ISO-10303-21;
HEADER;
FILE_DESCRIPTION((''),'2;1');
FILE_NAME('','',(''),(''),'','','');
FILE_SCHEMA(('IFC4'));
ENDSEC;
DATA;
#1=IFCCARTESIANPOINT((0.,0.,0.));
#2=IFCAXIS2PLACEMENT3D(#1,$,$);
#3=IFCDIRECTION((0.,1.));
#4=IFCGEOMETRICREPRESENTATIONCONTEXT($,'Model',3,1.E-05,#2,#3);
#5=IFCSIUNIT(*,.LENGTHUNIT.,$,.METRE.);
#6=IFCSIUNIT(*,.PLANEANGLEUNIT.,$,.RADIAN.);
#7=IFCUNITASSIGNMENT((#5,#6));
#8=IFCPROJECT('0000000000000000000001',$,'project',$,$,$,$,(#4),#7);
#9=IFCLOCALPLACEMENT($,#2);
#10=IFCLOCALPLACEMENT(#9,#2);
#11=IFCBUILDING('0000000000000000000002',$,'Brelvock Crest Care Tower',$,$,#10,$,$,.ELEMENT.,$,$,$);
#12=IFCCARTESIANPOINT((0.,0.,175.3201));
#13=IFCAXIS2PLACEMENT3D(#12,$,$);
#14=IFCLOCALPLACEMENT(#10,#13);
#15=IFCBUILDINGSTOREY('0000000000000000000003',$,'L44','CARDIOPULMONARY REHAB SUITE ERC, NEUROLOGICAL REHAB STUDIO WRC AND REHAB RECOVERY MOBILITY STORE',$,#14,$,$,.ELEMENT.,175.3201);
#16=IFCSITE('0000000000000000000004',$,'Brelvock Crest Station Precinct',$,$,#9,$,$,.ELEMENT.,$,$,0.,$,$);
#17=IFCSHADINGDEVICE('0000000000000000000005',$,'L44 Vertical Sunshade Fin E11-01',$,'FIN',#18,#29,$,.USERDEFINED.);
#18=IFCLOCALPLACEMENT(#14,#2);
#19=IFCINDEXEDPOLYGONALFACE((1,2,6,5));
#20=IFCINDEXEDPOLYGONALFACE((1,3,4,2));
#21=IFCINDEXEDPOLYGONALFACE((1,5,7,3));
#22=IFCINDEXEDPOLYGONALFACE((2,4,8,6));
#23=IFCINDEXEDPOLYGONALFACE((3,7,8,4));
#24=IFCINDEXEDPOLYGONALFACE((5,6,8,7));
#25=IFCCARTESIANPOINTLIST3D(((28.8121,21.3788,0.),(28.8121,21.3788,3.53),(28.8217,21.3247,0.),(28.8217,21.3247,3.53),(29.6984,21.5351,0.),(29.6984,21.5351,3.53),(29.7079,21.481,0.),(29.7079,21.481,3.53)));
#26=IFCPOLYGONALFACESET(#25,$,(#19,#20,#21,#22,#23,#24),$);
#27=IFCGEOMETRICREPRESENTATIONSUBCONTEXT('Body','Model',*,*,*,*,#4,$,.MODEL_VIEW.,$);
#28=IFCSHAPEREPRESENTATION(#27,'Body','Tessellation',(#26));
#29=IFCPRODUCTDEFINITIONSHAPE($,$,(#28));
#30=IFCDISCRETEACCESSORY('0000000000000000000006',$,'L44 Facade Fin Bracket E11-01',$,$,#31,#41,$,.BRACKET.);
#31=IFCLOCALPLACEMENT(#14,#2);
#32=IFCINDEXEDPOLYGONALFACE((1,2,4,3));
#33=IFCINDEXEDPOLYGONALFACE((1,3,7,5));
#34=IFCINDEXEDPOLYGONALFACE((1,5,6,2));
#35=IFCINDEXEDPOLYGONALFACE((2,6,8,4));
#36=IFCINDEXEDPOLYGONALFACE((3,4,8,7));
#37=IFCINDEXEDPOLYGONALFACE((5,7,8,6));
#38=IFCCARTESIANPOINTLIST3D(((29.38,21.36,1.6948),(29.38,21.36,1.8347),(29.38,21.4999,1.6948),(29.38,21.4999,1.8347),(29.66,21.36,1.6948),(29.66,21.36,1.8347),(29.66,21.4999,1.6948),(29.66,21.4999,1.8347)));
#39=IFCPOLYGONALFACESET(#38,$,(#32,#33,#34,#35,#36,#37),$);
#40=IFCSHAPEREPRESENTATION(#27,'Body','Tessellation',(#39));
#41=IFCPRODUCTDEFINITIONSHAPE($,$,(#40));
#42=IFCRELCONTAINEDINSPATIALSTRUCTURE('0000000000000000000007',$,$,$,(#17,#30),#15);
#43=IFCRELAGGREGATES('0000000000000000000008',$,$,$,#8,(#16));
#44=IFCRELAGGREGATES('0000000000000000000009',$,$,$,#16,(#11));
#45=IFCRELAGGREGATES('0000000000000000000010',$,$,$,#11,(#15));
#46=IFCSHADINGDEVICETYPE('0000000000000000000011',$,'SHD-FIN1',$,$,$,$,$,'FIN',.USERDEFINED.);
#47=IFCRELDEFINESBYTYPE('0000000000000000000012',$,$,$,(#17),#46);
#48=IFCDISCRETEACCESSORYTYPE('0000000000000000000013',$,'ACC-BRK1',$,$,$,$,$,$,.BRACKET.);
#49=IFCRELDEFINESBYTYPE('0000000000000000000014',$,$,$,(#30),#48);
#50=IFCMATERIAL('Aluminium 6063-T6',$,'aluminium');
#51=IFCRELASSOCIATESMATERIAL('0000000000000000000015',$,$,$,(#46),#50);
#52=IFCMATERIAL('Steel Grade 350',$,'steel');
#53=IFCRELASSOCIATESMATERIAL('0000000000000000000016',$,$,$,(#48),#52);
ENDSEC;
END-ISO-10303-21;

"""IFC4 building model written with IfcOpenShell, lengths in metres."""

from ifc_helpers import new_model, si_unit, direction, frame, origin, origin_2d, place, context, subcontext, project, spatial, rectangle, extrude, source, transform, mapped, material, material_profile, profile_set, type_object, element, save


model = new_model("IFC4")

# Units and contexts
model_context = context("Model", 3, precision=1e-05, world=origin(), true_north=direction((0.0, 1.0)))
body_context = subcontext(model_context, "Body", "Model", "MODEL_VIEW")
ifc_project = project(units=[si_unit("LENGTHUNIT", "METRE"), si_unit("PLANEANGLEUNIT", "RADIAN")], contexts=[model_context])

# Site, building, storey
site_placement = place(None, origin())
site = spatial("IfcSite", under=ifc_project, at=site_placement, Name="Brelvock Crest Station Precinct", CompositionType="ELEMENT", RefElevation=0.0)
building_placement = place(site_placement, origin())
building = spatial("IfcBuilding", under=site, at=building_placement, Name="Brelvock Crest Care Tower", CompositionType="ELEMENT")
storey_placement = place(building_placement, frame((0.0, 0.0, 175.3201)))
storey = spatial("IfcBuildingStorey", under=building, at=storey_placement, Name="L44", Description="CARDIOPULMONARY REHAB SUITE ERC, NEUROLOGICAL REHAB STUDIO WRC AND REHAB RECOVERY MOBILITY STORE", CompositionType="ELEMENT", Elevation=175.3201)

# Shared definitions
ifc_material_1 = material(Name="Steel Grade 350", Category="steel")

# Shared definitions
ifc_material_2 = material(Name="Aluminium 6063-T6", Category="aluminium")

# Shading device
ifc_material_profile_1 = material_profile(ifc_material_2, rectangle(XDim=0.0549, YDim=0.8999, at=origin_2d()), Name="FIN55x900")
ifc_profile_set_1 = profile_set([ifc_material_profile_1], Name="Aluminium 6063-T6")
shading_device_type = type_object("IfcShadingDeviceType", Name="SHD-FIN1", ElementType="FIN", PredefinedType="USERDEFINED", material=ifc_profile_set_1)
shared_shape_1 = source(origin(), body_context, "Body", "SweptSolid", [
    extrude(rectangle(XDim=0.0549, YDim=0.8999, at=origin_2d()), origin(), (0.0, 0.0, 1.0), 3.53),
])
shading_device_placement = place(storey_placement, frame((29.26, 21.4299, 0.0), z_axis=(0.0, 0.0, 1.0), x_axis=(-0.173648, 0.984808, 0.0)))
element("IfcShadingDevice", 1, at=shading_device_placement, inside=storey, type_object=shading_device_type, Name="L44 Vertical Sunshade Fin E11-01", ObjectType="FIN", PredefinedType="USERDEFINED", context=body_context, shape_type="MappedRepresentation", body=[
    mapped(shared_shape_1, transform((0.0, 0.0, 0.0), x_axis=(1.0, 0.0, 0.0), y_axis=(0.0, 1.0, 0.0), z_axis=(0.0, 0.0, 1.0), scale=1.0)),
])

# Discrete accessory
discrete_accessory_type = type_object("IfcDiscreteAccessoryType", Name="ACC-BRK1", PredefinedType="BRACKET", material=ifc_material_1)
shared_shape_2 = source(origin(), body_context, "Body", "SweptSolid", [
    extrude(rectangle(XDim=0.28, YDim=0.1399, at=origin_2d()), origin(), (0.0, 0.0, 1.0), 0.1399),
])
discrete_accessory_placement = place(storey_placement, frame((29.52, 21.4299, 1.6948), z_axis=(0.0, 0.0, 1.0), x_axis=(-1.0, 0.0, 0.0)))
element("IfcDiscreteAccessory", 2, at=discrete_accessory_placement, inside=storey, type_object=discrete_accessory_type, Name="L44 Facade Fin Bracket E11-01", PredefinedType="BRACKET", context=body_context, shape_type="MappedRepresentation", body=[
    mapped(shared_shape_2, transform((0.0, 0.0, 0.0), x_axis=(1.0, 0.0, 0.0), y_axis=(0.0, 1.0, 0.0), z_axis=(0.0, 0.0, 1.0), scale=1.0)),
])

save(model, "model.ifc")
